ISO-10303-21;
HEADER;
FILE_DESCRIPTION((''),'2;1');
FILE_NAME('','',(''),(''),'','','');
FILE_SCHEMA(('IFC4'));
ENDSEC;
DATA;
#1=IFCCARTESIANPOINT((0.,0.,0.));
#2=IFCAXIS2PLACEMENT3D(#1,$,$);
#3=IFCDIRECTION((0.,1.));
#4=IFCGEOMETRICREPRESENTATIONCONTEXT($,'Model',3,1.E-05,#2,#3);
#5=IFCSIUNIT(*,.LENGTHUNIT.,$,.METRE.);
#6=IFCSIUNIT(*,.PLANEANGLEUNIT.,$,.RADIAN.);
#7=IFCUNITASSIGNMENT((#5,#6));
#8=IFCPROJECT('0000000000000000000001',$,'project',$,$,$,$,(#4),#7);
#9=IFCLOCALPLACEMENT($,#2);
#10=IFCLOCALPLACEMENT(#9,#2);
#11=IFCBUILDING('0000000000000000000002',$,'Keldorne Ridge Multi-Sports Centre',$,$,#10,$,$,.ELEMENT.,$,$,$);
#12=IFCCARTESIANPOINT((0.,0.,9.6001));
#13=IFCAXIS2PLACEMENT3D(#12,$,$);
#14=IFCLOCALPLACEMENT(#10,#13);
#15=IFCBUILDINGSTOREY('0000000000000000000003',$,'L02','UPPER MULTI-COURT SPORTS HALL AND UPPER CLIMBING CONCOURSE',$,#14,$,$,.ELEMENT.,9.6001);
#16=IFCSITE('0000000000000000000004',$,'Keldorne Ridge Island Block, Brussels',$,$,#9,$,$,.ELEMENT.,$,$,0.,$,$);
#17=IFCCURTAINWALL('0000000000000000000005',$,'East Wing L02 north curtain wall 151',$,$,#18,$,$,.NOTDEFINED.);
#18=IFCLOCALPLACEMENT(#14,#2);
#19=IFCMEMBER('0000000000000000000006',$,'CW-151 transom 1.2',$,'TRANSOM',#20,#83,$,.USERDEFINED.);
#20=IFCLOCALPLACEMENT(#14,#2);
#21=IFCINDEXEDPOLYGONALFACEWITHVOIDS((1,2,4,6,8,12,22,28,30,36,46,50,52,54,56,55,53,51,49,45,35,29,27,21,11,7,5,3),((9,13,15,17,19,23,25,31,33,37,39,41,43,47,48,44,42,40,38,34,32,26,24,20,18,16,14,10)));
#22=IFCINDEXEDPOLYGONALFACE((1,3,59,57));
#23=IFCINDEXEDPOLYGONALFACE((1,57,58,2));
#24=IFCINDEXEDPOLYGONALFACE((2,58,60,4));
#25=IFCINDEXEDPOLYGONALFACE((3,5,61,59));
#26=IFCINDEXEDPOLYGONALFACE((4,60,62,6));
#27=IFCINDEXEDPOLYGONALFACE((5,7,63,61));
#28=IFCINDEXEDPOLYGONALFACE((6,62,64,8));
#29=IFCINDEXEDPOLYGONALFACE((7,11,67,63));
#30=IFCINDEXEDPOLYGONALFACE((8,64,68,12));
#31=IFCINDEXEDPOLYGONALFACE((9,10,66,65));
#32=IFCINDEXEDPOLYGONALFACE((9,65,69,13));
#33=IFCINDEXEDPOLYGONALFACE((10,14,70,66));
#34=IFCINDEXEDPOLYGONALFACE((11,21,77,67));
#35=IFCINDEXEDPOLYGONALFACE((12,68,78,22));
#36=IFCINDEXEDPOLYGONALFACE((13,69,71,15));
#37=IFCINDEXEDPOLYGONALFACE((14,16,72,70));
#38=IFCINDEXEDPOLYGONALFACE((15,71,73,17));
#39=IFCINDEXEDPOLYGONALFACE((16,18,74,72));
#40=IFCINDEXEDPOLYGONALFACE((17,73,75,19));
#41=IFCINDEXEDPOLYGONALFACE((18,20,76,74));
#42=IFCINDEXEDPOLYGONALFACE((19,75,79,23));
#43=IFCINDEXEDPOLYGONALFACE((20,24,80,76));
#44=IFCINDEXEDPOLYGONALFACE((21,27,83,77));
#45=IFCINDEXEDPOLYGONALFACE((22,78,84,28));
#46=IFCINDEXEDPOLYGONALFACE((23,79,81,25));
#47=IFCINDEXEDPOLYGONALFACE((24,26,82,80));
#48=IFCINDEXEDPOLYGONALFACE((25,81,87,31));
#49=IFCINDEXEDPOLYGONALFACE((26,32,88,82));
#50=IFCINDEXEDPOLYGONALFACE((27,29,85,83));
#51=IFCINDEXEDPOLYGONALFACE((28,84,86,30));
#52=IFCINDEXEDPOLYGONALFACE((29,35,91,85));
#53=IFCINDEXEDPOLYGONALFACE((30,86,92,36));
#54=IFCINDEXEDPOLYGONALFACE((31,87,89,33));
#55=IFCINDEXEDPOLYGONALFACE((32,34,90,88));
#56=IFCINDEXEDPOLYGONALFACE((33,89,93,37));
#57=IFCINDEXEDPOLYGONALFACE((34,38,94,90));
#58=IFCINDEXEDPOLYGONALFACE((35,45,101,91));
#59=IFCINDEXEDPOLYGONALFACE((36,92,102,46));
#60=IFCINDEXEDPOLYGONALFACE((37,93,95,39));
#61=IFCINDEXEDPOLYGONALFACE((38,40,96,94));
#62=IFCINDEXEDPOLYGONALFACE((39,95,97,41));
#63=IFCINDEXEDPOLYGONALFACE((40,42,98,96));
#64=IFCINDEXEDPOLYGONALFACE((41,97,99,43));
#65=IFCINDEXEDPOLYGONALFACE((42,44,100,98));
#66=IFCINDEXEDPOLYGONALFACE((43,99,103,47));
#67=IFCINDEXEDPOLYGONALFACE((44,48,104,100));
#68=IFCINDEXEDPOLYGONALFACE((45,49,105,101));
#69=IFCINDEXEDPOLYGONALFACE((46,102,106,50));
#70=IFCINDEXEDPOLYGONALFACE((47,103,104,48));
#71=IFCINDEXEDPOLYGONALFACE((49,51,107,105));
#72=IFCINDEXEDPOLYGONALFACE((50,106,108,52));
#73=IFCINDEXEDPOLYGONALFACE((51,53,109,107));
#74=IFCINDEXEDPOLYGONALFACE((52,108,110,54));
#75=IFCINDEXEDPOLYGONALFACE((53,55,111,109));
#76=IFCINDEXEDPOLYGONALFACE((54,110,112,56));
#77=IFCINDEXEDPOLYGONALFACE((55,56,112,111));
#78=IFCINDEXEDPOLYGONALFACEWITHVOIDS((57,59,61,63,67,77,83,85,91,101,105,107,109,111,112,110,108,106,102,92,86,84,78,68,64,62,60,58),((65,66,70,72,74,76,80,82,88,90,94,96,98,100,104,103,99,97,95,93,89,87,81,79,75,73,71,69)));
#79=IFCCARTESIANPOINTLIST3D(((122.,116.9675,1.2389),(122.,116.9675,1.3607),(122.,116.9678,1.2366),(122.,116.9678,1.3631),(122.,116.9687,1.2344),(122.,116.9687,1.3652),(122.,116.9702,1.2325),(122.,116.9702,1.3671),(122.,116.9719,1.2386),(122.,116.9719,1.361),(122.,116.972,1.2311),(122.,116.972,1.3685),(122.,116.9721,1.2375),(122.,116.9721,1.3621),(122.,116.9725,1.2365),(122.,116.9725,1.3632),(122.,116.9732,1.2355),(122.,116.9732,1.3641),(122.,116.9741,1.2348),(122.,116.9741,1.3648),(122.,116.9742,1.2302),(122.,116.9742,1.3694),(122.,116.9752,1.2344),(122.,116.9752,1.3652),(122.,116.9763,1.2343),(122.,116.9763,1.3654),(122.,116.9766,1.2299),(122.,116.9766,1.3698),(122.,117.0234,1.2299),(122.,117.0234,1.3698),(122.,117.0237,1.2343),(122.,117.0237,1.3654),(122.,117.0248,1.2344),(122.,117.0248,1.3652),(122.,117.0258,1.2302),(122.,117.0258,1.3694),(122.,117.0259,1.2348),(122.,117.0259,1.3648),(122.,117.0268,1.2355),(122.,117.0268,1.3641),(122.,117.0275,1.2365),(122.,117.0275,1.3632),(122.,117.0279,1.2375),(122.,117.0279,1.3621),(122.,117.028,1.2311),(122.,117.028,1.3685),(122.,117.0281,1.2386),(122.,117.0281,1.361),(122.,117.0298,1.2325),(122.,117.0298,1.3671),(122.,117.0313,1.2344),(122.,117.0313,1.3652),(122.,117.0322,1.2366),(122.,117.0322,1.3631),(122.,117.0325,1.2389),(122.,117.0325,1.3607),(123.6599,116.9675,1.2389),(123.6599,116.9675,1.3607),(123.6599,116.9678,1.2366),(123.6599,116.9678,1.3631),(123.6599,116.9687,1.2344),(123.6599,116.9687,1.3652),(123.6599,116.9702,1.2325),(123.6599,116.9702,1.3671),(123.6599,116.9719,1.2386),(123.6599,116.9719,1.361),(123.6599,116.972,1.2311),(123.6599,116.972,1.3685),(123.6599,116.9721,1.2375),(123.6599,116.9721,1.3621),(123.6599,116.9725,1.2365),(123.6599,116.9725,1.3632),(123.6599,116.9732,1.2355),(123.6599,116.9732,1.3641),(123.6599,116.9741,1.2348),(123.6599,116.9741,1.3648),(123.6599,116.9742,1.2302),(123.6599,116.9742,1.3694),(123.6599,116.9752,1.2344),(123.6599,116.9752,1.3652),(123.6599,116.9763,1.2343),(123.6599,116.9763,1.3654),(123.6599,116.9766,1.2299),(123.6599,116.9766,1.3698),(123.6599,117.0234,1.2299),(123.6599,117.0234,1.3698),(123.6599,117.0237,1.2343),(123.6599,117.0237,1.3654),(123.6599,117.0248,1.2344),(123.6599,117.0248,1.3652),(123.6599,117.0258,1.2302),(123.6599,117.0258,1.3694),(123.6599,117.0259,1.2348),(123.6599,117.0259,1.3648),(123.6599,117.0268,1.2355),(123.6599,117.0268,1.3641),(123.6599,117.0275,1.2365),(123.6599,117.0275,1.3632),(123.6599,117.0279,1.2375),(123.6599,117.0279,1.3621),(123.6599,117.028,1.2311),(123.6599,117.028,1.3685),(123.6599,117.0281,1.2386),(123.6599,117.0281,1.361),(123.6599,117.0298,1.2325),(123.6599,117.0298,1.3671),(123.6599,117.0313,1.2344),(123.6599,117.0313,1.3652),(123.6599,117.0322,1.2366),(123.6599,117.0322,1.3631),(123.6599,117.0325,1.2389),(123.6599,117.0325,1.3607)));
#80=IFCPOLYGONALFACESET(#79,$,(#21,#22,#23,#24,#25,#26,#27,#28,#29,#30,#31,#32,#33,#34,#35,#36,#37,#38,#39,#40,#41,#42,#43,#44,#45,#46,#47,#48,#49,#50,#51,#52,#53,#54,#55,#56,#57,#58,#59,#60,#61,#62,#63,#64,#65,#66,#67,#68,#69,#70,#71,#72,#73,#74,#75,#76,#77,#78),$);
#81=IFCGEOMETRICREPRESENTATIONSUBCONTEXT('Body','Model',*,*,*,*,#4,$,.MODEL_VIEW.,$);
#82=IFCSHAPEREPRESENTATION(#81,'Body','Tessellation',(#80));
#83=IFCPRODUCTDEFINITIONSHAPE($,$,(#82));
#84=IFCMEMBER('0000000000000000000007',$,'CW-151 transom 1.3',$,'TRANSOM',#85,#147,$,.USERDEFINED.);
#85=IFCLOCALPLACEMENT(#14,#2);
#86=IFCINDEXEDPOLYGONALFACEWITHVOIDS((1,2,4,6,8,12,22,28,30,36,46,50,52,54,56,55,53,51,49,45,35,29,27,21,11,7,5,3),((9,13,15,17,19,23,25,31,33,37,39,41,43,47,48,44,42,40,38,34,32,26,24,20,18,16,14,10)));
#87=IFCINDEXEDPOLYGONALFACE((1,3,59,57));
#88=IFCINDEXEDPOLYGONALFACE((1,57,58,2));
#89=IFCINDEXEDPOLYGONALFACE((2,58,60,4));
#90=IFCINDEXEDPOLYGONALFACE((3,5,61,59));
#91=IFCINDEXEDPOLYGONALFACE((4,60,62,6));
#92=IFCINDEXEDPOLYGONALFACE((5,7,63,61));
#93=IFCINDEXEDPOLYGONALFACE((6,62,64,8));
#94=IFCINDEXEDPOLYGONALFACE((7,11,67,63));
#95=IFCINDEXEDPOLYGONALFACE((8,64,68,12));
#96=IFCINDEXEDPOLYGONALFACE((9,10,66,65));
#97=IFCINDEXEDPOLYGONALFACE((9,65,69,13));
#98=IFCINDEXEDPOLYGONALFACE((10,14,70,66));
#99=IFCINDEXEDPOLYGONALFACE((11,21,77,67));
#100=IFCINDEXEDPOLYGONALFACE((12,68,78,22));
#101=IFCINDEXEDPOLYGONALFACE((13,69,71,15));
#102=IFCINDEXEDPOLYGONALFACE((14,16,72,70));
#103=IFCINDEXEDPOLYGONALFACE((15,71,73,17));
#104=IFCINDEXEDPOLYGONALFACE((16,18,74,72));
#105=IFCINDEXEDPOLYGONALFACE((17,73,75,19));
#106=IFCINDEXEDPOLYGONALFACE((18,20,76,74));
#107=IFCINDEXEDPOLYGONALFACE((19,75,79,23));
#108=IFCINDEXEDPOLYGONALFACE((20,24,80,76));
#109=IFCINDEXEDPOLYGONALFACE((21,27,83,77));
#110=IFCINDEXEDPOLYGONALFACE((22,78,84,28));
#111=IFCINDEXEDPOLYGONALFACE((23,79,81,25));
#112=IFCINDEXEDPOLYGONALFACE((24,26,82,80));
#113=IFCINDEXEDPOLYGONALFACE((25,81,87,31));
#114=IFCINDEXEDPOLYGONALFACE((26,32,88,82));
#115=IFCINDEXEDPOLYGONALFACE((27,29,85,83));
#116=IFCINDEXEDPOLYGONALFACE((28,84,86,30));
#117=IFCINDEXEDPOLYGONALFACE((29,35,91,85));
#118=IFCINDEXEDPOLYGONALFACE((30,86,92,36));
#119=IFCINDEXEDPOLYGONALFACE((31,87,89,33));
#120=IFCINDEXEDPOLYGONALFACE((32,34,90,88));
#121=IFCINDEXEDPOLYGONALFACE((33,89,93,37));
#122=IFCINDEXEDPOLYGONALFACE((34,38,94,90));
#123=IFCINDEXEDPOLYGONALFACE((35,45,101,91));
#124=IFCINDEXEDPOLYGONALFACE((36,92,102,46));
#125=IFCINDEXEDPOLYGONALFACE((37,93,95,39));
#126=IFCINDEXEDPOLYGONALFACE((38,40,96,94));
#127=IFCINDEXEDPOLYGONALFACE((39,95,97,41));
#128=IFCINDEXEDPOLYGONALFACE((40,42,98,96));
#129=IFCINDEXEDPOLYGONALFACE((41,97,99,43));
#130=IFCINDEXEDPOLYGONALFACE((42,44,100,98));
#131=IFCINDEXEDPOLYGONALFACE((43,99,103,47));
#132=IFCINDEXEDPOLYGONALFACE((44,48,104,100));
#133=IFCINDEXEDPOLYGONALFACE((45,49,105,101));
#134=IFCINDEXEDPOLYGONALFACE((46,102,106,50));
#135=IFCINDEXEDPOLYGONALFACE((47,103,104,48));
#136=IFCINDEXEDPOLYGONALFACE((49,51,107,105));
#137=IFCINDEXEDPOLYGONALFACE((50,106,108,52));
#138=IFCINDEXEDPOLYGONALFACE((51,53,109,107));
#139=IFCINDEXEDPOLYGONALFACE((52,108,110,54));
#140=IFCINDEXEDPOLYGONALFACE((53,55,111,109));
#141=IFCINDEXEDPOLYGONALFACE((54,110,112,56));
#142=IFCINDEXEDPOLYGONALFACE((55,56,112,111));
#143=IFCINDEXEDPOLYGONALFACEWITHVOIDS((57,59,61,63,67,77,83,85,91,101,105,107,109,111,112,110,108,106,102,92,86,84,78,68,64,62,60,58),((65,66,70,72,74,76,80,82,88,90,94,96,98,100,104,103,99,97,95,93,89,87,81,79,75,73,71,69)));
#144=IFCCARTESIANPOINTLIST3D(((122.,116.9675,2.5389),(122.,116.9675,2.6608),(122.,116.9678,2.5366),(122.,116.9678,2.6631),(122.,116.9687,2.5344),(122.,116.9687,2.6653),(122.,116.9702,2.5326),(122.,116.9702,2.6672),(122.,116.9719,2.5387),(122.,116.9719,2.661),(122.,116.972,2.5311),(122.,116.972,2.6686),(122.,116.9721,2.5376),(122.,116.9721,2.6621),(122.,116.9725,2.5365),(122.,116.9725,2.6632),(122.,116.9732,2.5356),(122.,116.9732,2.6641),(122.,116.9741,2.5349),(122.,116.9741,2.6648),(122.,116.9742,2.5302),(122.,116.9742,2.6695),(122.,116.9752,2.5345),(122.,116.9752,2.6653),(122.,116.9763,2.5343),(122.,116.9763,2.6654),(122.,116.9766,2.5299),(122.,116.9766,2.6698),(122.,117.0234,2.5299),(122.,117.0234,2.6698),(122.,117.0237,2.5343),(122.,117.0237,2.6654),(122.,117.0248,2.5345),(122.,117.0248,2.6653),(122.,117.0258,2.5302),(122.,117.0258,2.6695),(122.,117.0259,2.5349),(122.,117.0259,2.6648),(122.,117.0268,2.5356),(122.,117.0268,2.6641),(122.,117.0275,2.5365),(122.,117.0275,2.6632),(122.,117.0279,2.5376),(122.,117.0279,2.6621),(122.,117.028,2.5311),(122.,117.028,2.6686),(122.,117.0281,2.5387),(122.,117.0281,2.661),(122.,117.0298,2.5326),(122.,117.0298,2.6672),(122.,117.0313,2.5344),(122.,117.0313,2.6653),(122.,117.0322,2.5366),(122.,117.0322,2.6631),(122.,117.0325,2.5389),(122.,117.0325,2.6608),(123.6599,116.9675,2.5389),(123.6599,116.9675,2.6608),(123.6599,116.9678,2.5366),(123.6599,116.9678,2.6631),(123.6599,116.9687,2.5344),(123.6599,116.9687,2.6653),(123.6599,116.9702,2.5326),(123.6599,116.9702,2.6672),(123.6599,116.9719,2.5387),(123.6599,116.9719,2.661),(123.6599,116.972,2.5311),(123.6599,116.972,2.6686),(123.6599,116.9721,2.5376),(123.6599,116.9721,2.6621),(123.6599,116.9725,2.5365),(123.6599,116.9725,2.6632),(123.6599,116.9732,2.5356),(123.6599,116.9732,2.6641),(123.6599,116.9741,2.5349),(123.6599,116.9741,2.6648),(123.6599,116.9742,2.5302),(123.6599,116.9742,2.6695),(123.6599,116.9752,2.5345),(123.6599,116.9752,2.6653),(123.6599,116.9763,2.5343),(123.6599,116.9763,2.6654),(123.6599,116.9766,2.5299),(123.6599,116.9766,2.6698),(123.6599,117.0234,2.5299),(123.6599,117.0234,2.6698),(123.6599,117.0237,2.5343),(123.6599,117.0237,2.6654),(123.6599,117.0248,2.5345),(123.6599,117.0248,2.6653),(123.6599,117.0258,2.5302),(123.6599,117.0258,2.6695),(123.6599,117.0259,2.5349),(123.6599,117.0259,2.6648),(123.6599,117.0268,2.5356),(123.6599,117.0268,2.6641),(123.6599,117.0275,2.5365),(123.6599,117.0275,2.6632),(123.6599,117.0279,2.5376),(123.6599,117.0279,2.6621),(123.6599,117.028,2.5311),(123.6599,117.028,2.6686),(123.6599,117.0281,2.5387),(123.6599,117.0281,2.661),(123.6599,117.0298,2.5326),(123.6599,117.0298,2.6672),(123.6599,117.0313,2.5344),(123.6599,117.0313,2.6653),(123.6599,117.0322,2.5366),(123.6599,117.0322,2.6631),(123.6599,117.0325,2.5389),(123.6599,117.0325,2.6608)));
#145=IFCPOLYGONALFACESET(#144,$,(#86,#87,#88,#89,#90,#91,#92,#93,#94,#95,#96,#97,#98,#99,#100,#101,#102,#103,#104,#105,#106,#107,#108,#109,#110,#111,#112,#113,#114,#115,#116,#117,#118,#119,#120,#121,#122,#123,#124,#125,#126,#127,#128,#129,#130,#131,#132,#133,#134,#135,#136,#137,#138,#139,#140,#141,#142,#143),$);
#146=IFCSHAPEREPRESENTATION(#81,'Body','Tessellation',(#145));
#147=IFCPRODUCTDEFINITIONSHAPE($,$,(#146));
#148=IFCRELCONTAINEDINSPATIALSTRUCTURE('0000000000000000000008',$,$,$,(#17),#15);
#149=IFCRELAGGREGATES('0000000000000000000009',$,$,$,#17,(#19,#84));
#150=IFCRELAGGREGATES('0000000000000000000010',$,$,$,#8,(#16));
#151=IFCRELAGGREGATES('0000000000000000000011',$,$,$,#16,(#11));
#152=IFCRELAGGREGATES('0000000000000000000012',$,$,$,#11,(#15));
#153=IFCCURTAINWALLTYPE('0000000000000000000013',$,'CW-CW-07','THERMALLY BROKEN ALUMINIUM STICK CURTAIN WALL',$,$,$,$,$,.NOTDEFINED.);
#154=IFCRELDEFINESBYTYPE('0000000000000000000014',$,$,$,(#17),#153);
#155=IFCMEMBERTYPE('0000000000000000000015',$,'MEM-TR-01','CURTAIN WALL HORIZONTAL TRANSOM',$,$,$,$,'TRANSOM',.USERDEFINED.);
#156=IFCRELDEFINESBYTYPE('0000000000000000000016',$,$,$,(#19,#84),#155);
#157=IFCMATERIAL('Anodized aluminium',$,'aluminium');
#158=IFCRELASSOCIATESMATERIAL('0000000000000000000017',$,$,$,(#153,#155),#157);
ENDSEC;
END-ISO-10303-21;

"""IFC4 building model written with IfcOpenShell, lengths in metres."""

from ifc_helpers import new_model, si_unit, direction, frame, origin, origin_2d, place, context, subcontext, project, spatial, hollow_rectangle, extrude, material, material_profile, profile_set, type_object, element, aggregate, save


model = new_model("IFC4")

# Units and contexts
model_context = context("Model", 3, precision=1e-05, world=origin(), true_north=direction((0.0, 1.0)))
body_context = subcontext(model_context, "Body", "Model", "MODEL_VIEW")
ifc_project = project(units=[si_unit("LENGTHUNIT", "METRE"), si_unit("PLANEANGLEUNIT", "RADIAN")], contexts=[model_context])

# Site, building, storey
site_placement = place(None, origin())
site = spatial("IfcSite", under=ifc_project, at=site_placement, Name="Keldorne Ridge Island Block, Brussels", CompositionType="ELEMENT", RefElevation=0.0)
building_placement = place(site_placement, origin())
building = spatial("IfcBuilding", under=site, at=building_placement, Name="Keldorne Ridge Multi-Sports Centre", CompositionType="ELEMENT")
storey_placement = place(building_placement, frame((0.0, 0.0, 9.6001)))
storey = spatial("IfcBuildingStorey", under=building, at=storey_placement, Name="L02", Description="UPPER MULTI-COURT SPORTS HALL AND UPPER CLIMBING CONCOURSE", CompositionType="ELEMENT", Elevation=9.6001)

# Curtain wall, members
ifc_material_1 = material(Name="Anodized aluminium", Category="aluminium")
curtain_wall_type = type_object("IfcCurtainWallType", Name="CW-CW-07", Description="THERMALLY BROKEN ALUMINIUM STICK CURTAIN WALL", PredefinedType="NOTDEFINED", material=ifc_material_1)
curtain_wall_placement = place(storey_placement, origin())
curtain_wall = element("IfcCurtainWall", 1, at=curtain_wall_placement, inside=storey, type_object=curtain_wall_type, Name="East Wing L02 north curtain wall 151", PredefinedType="NOTDEFINED")
ifc_material_profile_1 = material_profile(ifc_material_1, hollow_rectangle(XDim=0.0649, YDim=0.1399, WallThickness=0.0044, InnerFilletRadius=0.0044, OuterFilletRadius=0.009, at=origin_2d()), Name="ALU TRANSOM 140x65x4.5")
ifc_profile_set_1 = profile_set([ifc_material_profile_1], Name="Anodized aluminium")
member_type_1 = type_object("IfcMemberType", Name="MEM-TR-01", Description="CURTAIN WALL HORIZONTAL TRANSOM", ElementType="TRANSOM", PredefinedType="USERDEFINED", material=ifc_profile_set_1)
member_1_placement = place(storey_placement, frame((123.6599, 117.0, 1.2998), z_axis=(-1.0, 0.0, 0.0), x_axis=(0.0, -1.0, 0.0)))
member_1 = element("IfcMember", 2, at=member_1_placement, type_object=member_type_1, Name="CW-151 transom 1.2", ObjectType="TRANSOM", PredefinedType="USERDEFINED", context=body_context, shape_type="SweptSolid", body=[
    extrude(hollow_rectangle(XDim=0.0649, YDim=0.1399, WallThickness=0.0044, InnerFilletRadius=0.0044, OuterFilletRadius=0.009, at=origin_2d()), origin(), (0.0, 0.0, 1.0), 1.6599),
])
member_2_placement = place(storey_placement, frame((123.6599, 117.0, 2.5999), z_axis=(-1.0, 0.0, 0.0), x_axis=(0.0, -1.0, 0.0)))
member_2 = element("IfcMember", 3, at=member_2_placement, type_object=member_type_1, Name="CW-151 transom 1.3", ObjectType="TRANSOM", PredefinedType="USERDEFINED", context=body_context, shape_type="SweptSolid", body=[
    extrude(hollow_rectangle(XDim=0.0649, YDim=0.1399, WallThickness=0.0044, InnerFilletRadius=0.0044, OuterFilletRadius=0.009, at=origin_2d()), origin(), (0.0, 0.0, 1.0), 1.6599),
])
aggregate(curtain_wall, [member_1, member_2])

save(model, "model.ifc")
